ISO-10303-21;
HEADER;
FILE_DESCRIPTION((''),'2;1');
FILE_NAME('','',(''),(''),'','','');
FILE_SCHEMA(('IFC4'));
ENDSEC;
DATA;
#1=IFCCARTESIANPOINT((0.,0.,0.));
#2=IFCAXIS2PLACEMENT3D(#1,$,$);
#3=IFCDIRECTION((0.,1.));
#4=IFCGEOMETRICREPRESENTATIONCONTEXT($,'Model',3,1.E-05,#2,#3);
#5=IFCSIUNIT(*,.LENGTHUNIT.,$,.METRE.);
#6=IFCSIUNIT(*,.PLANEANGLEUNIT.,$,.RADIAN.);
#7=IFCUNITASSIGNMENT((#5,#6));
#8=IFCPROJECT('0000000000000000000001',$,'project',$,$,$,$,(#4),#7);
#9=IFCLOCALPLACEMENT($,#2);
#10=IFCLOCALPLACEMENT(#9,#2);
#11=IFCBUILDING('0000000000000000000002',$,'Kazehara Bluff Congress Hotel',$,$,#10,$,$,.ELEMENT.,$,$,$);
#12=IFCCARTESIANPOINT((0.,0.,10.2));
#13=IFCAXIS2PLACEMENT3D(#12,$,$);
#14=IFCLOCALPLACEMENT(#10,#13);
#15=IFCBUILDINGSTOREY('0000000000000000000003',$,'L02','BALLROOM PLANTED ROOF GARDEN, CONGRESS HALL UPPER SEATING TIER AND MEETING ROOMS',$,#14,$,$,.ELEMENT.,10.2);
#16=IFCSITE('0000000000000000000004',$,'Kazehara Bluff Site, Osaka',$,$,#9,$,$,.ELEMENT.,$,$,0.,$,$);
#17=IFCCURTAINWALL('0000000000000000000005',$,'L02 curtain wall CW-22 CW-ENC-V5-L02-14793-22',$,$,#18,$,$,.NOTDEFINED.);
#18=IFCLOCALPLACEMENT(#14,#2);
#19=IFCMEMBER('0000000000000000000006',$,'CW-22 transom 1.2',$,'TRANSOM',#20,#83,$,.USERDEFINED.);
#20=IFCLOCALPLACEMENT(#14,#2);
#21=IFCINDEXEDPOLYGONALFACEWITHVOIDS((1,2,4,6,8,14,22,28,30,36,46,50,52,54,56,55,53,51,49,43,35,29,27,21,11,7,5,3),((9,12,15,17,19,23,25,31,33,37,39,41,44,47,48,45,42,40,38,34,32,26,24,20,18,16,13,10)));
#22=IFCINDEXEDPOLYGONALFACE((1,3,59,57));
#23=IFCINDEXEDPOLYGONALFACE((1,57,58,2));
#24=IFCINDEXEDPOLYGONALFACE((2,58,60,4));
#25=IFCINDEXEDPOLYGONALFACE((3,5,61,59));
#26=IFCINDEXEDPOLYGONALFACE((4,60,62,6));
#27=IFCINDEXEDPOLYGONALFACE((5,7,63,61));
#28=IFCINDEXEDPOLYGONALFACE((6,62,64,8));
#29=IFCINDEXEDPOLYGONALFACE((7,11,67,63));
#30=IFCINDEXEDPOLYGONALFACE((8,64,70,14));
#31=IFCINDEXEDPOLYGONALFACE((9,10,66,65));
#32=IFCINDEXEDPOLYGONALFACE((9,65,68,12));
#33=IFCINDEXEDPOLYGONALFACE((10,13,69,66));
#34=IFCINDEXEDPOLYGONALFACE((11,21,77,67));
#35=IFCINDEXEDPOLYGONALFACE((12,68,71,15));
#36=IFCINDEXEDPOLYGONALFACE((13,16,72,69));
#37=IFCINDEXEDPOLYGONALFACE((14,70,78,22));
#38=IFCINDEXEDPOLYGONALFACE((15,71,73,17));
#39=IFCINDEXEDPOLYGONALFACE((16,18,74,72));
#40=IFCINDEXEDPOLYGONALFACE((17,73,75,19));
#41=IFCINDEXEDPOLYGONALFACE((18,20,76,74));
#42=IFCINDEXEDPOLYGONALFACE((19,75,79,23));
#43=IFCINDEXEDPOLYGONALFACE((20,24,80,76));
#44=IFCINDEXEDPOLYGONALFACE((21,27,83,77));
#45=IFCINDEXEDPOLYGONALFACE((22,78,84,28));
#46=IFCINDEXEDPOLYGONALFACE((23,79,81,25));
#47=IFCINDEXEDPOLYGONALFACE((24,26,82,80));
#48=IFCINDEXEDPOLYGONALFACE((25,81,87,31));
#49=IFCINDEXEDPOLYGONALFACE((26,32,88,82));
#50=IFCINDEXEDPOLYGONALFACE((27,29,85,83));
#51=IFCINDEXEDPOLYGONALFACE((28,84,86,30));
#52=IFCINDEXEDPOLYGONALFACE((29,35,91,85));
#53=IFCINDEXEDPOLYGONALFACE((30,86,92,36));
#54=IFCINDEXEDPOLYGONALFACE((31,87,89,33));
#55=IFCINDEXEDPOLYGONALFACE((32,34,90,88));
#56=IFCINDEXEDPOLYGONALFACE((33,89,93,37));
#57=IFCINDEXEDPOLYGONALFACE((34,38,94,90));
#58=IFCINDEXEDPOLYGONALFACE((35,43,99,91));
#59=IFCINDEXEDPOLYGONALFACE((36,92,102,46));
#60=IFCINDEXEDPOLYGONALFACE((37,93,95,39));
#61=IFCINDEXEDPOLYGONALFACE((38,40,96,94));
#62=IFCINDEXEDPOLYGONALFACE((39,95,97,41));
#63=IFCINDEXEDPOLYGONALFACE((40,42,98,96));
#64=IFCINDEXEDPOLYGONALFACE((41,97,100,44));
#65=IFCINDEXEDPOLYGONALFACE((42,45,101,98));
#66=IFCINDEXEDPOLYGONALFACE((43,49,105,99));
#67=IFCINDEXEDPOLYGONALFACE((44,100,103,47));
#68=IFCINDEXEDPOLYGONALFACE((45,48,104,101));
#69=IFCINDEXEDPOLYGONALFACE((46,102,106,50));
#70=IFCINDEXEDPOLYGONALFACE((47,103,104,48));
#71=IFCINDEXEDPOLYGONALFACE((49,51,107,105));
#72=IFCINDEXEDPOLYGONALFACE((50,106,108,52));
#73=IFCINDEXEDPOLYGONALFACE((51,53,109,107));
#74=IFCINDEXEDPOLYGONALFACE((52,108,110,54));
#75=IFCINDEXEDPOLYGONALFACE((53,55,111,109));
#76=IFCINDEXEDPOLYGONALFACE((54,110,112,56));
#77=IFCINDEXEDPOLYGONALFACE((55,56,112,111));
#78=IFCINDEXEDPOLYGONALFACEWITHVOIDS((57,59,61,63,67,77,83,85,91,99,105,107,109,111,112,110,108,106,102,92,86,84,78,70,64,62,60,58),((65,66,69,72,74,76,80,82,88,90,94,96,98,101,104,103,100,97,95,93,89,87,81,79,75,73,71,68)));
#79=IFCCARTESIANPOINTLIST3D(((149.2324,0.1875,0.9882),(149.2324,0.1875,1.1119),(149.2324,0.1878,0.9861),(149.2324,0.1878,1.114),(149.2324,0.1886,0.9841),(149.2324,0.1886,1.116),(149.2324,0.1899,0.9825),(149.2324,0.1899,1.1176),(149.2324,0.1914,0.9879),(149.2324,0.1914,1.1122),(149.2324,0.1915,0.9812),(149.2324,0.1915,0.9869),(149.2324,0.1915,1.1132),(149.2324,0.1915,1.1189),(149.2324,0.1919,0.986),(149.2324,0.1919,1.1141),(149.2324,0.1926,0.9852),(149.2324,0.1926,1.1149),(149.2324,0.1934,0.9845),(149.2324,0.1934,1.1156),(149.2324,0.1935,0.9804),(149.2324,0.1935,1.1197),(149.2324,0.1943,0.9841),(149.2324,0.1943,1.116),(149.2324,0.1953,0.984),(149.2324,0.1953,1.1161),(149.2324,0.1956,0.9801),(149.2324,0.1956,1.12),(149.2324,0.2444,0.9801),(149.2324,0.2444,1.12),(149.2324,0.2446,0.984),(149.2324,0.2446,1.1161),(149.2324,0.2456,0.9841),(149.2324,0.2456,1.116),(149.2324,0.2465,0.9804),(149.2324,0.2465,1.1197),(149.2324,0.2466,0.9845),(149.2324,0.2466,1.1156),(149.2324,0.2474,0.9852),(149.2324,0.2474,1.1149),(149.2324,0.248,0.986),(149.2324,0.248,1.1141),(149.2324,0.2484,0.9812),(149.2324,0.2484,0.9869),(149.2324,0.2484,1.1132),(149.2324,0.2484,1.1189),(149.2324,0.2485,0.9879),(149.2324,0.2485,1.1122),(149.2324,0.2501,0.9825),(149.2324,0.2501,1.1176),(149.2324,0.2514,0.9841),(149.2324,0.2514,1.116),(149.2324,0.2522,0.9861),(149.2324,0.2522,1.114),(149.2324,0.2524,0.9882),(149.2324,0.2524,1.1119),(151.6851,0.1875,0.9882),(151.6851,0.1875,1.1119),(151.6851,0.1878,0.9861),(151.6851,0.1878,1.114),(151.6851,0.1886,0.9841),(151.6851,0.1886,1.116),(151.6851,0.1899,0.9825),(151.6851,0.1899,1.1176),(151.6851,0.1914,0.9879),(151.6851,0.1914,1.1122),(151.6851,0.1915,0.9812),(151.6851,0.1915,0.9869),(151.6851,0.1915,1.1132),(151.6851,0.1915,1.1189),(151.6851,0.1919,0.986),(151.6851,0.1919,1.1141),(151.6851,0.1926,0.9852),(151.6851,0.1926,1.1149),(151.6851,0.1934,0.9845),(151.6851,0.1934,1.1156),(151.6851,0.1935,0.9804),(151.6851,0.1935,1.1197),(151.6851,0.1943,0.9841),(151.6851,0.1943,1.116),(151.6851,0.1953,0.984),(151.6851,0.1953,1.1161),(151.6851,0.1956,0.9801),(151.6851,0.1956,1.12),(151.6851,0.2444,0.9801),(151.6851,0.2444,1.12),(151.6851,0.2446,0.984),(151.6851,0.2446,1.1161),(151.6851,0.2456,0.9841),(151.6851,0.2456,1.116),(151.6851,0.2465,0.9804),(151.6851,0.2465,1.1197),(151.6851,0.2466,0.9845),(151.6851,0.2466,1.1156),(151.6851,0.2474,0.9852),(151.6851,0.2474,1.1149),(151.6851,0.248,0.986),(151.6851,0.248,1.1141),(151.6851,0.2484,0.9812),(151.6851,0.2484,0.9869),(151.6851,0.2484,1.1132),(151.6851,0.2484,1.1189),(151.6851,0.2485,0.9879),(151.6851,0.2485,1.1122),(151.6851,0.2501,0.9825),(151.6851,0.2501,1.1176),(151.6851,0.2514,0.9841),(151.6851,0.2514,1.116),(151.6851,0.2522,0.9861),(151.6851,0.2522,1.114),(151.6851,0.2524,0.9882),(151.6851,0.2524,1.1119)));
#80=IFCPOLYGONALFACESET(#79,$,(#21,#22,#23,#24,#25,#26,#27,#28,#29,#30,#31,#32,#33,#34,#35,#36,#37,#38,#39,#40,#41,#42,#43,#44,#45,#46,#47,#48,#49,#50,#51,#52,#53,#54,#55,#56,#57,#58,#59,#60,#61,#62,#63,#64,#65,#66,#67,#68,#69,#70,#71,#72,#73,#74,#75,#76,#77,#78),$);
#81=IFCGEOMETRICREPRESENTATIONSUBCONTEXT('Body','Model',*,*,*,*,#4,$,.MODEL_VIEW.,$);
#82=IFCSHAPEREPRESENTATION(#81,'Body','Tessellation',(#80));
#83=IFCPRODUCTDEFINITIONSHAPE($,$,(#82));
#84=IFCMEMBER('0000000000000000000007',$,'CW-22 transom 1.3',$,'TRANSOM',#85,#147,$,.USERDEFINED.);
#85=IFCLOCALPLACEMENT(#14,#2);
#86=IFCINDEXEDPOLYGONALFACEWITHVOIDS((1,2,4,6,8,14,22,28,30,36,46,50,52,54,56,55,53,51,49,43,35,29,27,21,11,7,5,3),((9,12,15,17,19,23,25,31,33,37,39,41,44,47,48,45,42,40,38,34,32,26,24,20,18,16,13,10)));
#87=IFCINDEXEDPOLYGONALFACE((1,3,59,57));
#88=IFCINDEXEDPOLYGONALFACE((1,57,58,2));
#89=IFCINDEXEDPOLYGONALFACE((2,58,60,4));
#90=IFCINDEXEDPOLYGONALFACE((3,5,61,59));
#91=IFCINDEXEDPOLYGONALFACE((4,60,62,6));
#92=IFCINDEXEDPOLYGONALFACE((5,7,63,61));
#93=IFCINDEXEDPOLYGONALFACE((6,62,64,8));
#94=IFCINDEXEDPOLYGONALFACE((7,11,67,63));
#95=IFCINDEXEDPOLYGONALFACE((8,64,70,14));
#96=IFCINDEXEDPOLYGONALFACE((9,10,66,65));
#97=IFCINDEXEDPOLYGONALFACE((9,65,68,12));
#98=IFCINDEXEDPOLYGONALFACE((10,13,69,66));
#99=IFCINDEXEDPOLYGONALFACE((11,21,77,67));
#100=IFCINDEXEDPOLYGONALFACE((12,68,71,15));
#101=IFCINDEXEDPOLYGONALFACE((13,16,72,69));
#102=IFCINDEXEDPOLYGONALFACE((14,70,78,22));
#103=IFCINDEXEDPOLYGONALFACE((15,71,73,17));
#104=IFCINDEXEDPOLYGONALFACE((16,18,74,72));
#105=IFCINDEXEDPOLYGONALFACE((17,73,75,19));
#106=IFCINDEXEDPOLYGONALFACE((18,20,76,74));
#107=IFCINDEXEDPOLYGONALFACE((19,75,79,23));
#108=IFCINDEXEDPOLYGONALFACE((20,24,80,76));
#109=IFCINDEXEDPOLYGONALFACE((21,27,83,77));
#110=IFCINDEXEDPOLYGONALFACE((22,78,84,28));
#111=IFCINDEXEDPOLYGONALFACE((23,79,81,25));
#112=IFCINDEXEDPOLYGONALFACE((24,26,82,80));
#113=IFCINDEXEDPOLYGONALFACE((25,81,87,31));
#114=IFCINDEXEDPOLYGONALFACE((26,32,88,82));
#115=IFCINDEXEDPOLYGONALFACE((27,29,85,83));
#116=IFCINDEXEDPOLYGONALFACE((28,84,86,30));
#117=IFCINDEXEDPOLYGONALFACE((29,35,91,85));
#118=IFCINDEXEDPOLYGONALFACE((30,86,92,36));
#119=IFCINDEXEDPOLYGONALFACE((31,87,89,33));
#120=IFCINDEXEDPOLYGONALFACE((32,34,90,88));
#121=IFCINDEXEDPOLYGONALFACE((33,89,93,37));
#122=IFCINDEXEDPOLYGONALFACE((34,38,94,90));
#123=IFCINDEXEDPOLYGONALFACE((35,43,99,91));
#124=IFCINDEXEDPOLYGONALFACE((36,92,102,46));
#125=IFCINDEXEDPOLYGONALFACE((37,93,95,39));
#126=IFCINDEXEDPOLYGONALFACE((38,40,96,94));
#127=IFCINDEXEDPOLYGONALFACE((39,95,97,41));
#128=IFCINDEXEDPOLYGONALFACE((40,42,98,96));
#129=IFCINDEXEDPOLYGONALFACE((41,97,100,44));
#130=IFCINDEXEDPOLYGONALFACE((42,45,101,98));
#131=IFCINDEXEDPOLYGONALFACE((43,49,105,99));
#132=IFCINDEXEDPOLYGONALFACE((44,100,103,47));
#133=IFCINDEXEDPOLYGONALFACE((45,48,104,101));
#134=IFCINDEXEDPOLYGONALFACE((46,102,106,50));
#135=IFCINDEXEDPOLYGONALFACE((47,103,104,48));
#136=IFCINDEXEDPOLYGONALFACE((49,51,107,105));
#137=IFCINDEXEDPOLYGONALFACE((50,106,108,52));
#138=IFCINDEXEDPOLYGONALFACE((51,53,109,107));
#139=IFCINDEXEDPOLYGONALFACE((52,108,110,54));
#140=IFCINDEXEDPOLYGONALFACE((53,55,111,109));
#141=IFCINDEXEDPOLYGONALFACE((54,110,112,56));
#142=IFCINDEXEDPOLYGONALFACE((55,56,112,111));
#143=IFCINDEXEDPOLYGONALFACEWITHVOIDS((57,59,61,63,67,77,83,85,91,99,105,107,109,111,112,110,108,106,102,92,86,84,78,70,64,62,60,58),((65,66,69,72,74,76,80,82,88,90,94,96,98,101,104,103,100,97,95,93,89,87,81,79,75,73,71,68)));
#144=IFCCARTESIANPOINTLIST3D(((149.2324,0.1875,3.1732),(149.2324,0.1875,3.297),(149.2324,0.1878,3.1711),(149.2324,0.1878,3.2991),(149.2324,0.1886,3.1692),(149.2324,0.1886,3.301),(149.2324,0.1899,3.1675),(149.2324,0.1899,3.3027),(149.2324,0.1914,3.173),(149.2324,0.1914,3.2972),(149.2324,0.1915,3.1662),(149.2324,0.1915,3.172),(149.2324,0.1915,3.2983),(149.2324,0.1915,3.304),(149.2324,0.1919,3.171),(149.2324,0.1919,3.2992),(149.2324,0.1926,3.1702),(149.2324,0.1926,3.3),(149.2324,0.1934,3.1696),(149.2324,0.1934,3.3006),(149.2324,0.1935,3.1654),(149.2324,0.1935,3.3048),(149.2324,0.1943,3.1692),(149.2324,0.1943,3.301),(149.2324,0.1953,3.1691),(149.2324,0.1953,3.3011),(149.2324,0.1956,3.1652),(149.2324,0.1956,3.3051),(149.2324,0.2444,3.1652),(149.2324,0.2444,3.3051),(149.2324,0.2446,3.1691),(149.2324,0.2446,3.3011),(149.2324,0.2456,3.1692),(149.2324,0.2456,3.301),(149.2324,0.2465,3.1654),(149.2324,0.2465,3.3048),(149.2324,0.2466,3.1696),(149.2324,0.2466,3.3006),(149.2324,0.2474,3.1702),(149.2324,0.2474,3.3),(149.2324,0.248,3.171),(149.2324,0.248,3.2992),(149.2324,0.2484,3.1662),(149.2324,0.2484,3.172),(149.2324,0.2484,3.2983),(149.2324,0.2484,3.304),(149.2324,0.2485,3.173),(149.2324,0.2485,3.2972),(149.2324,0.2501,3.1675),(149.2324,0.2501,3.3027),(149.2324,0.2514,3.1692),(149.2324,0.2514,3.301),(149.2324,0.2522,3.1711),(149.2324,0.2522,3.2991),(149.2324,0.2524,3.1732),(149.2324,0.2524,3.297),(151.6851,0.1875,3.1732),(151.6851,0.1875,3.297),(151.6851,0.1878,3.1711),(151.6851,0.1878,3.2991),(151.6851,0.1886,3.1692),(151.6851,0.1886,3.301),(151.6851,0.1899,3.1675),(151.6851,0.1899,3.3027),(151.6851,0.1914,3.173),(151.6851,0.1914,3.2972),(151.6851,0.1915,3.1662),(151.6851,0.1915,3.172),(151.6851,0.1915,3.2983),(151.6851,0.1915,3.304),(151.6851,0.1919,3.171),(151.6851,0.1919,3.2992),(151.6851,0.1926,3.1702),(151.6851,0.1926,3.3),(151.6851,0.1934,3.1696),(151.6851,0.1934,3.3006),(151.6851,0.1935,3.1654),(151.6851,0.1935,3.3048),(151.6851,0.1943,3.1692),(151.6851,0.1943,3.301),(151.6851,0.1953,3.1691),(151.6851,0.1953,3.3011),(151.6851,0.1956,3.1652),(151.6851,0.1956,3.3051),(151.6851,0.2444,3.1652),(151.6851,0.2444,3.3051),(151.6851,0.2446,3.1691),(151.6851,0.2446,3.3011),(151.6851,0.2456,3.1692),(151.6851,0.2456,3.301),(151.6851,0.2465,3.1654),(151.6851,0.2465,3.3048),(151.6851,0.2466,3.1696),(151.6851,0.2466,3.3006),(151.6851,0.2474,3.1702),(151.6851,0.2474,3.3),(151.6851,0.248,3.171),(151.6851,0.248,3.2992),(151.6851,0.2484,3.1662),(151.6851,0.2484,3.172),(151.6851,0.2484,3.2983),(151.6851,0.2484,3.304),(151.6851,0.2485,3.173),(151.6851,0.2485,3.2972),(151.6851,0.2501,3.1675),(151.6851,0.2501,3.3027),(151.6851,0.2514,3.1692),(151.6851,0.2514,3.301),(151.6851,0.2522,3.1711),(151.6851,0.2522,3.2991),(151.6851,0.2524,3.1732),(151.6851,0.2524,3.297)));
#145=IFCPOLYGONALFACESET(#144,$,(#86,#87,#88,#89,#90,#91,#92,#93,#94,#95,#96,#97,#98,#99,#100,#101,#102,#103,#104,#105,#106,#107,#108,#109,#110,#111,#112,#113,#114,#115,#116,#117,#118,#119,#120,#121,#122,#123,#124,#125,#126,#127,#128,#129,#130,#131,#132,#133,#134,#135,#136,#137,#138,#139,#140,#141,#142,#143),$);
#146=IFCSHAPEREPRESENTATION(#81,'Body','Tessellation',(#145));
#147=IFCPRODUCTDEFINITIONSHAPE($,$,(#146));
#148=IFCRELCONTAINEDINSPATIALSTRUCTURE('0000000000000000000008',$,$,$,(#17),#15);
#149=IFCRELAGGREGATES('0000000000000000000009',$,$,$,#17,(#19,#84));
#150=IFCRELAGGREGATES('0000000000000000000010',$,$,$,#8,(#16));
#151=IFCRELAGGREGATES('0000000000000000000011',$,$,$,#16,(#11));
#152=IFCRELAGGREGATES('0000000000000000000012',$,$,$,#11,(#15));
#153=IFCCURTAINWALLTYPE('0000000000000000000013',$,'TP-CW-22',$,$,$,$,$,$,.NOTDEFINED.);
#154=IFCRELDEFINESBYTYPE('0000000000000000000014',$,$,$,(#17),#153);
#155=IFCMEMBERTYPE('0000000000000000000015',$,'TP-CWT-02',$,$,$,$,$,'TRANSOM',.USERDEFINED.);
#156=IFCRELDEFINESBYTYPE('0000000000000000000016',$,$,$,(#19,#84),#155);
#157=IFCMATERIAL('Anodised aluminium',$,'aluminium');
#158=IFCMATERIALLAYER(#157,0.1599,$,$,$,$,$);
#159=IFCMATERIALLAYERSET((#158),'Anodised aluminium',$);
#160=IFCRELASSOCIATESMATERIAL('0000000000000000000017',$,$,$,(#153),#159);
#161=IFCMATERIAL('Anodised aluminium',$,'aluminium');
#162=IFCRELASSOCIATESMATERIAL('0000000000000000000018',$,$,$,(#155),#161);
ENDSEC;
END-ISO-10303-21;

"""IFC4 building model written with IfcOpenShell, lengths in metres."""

from ifc_helpers import new_model, si_unit, direction, frame, origin, origin_2d, place, context, subcontext, project, spatial, hollow_rectangle, extrude, material, layer, layer_set, material_profile, profile_set, type_object, element, aggregate, save


model = new_model("IFC4")

# Units and contexts
model_context = context("Model", 3, precision=1e-05, world=origin(), true_north=direction((0.0, 1.0)))
body_context = subcontext(model_context, "Body", "Model", "MODEL_VIEW")
ifc_project = project(units=[si_unit("LENGTHUNIT", "METRE"), si_unit("PLANEANGLEUNIT", "RADIAN")], contexts=[model_context])

# Site, building, storey
site_placement = place(None, origin())
site = spatial("IfcSite", under=ifc_project, at=site_placement, Name="Kazehara Bluff Site, Osaka", CompositionType="ELEMENT", RefElevation=0.0)
building_placement = place(site_placement, origin())
building = spatial("IfcBuilding", under=site, at=building_placement, Name="Kazehara Bluff Congress Hotel", CompositionType="ELEMENT")
storey_placement = place(building_placement, frame((0.0, 0.0, 10.2)))
storey = spatial("IfcBuildingStorey", under=building, at=storey_placement, Name="L02", Description="BALLROOM PLANTED ROOF GARDEN, CONGRESS HALL UPPER SEATING TIER AND MEETING ROOMS", CompositionType="ELEMENT", Elevation=10.2)

# Curtain wall
ifc_material_1 = material(Name="Anodised aluminium", Category="aluminium")
ifc_layer_1 = layer(ifc_material_1, 0.1599)
ifc_layer_set_1 = layer_set([ifc_layer_1], Name="Anodised aluminium")
curtain_wall_type = type_object("IfcCurtainWallType", Name="TP-CW-22", PredefinedType="NOTDEFINED", material=ifc_layer_set_1)
curtain_wall_1_placement = place(storey_placement, origin())
curtain_wall_1 = element("IfcCurtainWall", 1, at=curtain_wall_1_placement, inside=storey, type_object=curtain_wall_type, Name="L02 curtain wall CW-22 CW-ENC-V5-L02-14793-22", PredefinedType="NOTDEFINED")

# Members
ifc_material_2 = material(Name="Anodised aluminium", Category="aluminium")
ifc_material_profile_1 = material_profile(ifc_material_2, hollow_rectangle(XDim=0.0649, YDim=0.1399, WallThickness=0.0039, InnerFilletRadius=0.0039, OuterFilletRadius=0.0081, at=origin_2d()))
ifc_profile_set_1 = profile_set([ifc_material_profile_1], Name="Anodised aluminium")
member_type_1 = type_object("IfcMemberType", Name="TP-CWT-02", ElementType="TRANSOM", PredefinedType="USERDEFINED", material=ifc_profile_set_1)
member_1_placement = place(storey_placement, frame((151.6851, 0.22, 1.05), z_axis=(-1.0, 0.0, 0.0), x_axis=(0.0, -1.0, 0.0)))
member_1 = element("IfcMember", 2, at=member_1_placement, type_object=member_type_1, Name="CW-22 transom 1.2", ObjectType="TRANSOM", PredefinedType="USERDEFINED", context=body_context, shape_type="SweptSolid", body=[
    extrude(hollow_rectangle(XDim=0.0649, YDim=0.1399, WallThickness=0.0039, InnerFilletRadius=0.0039, OuterFilletRadius=0.0081, at=origin_2d()), origin(), (0.0, 0.0, 1.0), 2.4526),
])
member_2_placement = place(storey_placement, frame((151.6851, 0.22, 3.2351), z_axis=(-1.0, 0.0, 0.0), x_axis=(0.0, -1.0, 0.0)))
member_2 = element("IfcMember", 3, at=member_2_placement, type_object=member_type_1, Name="CW-22 transom 1.3", ObjectType="TRANSOM", PredefinedType="USERDEFINED", context=body_context, shape_type="SweptSolid", body=[
    extrude(hollow_rectangle(XDim=0.0649, YDim=0.1399, WallThickness=0.0039, InnerFilletRadius=0.0039, OuterFilletRadius=0.0081, at=origin_2d()), origin(), (0.0, 0.0, 1.0), 2.4526),
])
aggregate(curtain_wall_1, [member_1, member_2])

save(model, "model.ifc")
